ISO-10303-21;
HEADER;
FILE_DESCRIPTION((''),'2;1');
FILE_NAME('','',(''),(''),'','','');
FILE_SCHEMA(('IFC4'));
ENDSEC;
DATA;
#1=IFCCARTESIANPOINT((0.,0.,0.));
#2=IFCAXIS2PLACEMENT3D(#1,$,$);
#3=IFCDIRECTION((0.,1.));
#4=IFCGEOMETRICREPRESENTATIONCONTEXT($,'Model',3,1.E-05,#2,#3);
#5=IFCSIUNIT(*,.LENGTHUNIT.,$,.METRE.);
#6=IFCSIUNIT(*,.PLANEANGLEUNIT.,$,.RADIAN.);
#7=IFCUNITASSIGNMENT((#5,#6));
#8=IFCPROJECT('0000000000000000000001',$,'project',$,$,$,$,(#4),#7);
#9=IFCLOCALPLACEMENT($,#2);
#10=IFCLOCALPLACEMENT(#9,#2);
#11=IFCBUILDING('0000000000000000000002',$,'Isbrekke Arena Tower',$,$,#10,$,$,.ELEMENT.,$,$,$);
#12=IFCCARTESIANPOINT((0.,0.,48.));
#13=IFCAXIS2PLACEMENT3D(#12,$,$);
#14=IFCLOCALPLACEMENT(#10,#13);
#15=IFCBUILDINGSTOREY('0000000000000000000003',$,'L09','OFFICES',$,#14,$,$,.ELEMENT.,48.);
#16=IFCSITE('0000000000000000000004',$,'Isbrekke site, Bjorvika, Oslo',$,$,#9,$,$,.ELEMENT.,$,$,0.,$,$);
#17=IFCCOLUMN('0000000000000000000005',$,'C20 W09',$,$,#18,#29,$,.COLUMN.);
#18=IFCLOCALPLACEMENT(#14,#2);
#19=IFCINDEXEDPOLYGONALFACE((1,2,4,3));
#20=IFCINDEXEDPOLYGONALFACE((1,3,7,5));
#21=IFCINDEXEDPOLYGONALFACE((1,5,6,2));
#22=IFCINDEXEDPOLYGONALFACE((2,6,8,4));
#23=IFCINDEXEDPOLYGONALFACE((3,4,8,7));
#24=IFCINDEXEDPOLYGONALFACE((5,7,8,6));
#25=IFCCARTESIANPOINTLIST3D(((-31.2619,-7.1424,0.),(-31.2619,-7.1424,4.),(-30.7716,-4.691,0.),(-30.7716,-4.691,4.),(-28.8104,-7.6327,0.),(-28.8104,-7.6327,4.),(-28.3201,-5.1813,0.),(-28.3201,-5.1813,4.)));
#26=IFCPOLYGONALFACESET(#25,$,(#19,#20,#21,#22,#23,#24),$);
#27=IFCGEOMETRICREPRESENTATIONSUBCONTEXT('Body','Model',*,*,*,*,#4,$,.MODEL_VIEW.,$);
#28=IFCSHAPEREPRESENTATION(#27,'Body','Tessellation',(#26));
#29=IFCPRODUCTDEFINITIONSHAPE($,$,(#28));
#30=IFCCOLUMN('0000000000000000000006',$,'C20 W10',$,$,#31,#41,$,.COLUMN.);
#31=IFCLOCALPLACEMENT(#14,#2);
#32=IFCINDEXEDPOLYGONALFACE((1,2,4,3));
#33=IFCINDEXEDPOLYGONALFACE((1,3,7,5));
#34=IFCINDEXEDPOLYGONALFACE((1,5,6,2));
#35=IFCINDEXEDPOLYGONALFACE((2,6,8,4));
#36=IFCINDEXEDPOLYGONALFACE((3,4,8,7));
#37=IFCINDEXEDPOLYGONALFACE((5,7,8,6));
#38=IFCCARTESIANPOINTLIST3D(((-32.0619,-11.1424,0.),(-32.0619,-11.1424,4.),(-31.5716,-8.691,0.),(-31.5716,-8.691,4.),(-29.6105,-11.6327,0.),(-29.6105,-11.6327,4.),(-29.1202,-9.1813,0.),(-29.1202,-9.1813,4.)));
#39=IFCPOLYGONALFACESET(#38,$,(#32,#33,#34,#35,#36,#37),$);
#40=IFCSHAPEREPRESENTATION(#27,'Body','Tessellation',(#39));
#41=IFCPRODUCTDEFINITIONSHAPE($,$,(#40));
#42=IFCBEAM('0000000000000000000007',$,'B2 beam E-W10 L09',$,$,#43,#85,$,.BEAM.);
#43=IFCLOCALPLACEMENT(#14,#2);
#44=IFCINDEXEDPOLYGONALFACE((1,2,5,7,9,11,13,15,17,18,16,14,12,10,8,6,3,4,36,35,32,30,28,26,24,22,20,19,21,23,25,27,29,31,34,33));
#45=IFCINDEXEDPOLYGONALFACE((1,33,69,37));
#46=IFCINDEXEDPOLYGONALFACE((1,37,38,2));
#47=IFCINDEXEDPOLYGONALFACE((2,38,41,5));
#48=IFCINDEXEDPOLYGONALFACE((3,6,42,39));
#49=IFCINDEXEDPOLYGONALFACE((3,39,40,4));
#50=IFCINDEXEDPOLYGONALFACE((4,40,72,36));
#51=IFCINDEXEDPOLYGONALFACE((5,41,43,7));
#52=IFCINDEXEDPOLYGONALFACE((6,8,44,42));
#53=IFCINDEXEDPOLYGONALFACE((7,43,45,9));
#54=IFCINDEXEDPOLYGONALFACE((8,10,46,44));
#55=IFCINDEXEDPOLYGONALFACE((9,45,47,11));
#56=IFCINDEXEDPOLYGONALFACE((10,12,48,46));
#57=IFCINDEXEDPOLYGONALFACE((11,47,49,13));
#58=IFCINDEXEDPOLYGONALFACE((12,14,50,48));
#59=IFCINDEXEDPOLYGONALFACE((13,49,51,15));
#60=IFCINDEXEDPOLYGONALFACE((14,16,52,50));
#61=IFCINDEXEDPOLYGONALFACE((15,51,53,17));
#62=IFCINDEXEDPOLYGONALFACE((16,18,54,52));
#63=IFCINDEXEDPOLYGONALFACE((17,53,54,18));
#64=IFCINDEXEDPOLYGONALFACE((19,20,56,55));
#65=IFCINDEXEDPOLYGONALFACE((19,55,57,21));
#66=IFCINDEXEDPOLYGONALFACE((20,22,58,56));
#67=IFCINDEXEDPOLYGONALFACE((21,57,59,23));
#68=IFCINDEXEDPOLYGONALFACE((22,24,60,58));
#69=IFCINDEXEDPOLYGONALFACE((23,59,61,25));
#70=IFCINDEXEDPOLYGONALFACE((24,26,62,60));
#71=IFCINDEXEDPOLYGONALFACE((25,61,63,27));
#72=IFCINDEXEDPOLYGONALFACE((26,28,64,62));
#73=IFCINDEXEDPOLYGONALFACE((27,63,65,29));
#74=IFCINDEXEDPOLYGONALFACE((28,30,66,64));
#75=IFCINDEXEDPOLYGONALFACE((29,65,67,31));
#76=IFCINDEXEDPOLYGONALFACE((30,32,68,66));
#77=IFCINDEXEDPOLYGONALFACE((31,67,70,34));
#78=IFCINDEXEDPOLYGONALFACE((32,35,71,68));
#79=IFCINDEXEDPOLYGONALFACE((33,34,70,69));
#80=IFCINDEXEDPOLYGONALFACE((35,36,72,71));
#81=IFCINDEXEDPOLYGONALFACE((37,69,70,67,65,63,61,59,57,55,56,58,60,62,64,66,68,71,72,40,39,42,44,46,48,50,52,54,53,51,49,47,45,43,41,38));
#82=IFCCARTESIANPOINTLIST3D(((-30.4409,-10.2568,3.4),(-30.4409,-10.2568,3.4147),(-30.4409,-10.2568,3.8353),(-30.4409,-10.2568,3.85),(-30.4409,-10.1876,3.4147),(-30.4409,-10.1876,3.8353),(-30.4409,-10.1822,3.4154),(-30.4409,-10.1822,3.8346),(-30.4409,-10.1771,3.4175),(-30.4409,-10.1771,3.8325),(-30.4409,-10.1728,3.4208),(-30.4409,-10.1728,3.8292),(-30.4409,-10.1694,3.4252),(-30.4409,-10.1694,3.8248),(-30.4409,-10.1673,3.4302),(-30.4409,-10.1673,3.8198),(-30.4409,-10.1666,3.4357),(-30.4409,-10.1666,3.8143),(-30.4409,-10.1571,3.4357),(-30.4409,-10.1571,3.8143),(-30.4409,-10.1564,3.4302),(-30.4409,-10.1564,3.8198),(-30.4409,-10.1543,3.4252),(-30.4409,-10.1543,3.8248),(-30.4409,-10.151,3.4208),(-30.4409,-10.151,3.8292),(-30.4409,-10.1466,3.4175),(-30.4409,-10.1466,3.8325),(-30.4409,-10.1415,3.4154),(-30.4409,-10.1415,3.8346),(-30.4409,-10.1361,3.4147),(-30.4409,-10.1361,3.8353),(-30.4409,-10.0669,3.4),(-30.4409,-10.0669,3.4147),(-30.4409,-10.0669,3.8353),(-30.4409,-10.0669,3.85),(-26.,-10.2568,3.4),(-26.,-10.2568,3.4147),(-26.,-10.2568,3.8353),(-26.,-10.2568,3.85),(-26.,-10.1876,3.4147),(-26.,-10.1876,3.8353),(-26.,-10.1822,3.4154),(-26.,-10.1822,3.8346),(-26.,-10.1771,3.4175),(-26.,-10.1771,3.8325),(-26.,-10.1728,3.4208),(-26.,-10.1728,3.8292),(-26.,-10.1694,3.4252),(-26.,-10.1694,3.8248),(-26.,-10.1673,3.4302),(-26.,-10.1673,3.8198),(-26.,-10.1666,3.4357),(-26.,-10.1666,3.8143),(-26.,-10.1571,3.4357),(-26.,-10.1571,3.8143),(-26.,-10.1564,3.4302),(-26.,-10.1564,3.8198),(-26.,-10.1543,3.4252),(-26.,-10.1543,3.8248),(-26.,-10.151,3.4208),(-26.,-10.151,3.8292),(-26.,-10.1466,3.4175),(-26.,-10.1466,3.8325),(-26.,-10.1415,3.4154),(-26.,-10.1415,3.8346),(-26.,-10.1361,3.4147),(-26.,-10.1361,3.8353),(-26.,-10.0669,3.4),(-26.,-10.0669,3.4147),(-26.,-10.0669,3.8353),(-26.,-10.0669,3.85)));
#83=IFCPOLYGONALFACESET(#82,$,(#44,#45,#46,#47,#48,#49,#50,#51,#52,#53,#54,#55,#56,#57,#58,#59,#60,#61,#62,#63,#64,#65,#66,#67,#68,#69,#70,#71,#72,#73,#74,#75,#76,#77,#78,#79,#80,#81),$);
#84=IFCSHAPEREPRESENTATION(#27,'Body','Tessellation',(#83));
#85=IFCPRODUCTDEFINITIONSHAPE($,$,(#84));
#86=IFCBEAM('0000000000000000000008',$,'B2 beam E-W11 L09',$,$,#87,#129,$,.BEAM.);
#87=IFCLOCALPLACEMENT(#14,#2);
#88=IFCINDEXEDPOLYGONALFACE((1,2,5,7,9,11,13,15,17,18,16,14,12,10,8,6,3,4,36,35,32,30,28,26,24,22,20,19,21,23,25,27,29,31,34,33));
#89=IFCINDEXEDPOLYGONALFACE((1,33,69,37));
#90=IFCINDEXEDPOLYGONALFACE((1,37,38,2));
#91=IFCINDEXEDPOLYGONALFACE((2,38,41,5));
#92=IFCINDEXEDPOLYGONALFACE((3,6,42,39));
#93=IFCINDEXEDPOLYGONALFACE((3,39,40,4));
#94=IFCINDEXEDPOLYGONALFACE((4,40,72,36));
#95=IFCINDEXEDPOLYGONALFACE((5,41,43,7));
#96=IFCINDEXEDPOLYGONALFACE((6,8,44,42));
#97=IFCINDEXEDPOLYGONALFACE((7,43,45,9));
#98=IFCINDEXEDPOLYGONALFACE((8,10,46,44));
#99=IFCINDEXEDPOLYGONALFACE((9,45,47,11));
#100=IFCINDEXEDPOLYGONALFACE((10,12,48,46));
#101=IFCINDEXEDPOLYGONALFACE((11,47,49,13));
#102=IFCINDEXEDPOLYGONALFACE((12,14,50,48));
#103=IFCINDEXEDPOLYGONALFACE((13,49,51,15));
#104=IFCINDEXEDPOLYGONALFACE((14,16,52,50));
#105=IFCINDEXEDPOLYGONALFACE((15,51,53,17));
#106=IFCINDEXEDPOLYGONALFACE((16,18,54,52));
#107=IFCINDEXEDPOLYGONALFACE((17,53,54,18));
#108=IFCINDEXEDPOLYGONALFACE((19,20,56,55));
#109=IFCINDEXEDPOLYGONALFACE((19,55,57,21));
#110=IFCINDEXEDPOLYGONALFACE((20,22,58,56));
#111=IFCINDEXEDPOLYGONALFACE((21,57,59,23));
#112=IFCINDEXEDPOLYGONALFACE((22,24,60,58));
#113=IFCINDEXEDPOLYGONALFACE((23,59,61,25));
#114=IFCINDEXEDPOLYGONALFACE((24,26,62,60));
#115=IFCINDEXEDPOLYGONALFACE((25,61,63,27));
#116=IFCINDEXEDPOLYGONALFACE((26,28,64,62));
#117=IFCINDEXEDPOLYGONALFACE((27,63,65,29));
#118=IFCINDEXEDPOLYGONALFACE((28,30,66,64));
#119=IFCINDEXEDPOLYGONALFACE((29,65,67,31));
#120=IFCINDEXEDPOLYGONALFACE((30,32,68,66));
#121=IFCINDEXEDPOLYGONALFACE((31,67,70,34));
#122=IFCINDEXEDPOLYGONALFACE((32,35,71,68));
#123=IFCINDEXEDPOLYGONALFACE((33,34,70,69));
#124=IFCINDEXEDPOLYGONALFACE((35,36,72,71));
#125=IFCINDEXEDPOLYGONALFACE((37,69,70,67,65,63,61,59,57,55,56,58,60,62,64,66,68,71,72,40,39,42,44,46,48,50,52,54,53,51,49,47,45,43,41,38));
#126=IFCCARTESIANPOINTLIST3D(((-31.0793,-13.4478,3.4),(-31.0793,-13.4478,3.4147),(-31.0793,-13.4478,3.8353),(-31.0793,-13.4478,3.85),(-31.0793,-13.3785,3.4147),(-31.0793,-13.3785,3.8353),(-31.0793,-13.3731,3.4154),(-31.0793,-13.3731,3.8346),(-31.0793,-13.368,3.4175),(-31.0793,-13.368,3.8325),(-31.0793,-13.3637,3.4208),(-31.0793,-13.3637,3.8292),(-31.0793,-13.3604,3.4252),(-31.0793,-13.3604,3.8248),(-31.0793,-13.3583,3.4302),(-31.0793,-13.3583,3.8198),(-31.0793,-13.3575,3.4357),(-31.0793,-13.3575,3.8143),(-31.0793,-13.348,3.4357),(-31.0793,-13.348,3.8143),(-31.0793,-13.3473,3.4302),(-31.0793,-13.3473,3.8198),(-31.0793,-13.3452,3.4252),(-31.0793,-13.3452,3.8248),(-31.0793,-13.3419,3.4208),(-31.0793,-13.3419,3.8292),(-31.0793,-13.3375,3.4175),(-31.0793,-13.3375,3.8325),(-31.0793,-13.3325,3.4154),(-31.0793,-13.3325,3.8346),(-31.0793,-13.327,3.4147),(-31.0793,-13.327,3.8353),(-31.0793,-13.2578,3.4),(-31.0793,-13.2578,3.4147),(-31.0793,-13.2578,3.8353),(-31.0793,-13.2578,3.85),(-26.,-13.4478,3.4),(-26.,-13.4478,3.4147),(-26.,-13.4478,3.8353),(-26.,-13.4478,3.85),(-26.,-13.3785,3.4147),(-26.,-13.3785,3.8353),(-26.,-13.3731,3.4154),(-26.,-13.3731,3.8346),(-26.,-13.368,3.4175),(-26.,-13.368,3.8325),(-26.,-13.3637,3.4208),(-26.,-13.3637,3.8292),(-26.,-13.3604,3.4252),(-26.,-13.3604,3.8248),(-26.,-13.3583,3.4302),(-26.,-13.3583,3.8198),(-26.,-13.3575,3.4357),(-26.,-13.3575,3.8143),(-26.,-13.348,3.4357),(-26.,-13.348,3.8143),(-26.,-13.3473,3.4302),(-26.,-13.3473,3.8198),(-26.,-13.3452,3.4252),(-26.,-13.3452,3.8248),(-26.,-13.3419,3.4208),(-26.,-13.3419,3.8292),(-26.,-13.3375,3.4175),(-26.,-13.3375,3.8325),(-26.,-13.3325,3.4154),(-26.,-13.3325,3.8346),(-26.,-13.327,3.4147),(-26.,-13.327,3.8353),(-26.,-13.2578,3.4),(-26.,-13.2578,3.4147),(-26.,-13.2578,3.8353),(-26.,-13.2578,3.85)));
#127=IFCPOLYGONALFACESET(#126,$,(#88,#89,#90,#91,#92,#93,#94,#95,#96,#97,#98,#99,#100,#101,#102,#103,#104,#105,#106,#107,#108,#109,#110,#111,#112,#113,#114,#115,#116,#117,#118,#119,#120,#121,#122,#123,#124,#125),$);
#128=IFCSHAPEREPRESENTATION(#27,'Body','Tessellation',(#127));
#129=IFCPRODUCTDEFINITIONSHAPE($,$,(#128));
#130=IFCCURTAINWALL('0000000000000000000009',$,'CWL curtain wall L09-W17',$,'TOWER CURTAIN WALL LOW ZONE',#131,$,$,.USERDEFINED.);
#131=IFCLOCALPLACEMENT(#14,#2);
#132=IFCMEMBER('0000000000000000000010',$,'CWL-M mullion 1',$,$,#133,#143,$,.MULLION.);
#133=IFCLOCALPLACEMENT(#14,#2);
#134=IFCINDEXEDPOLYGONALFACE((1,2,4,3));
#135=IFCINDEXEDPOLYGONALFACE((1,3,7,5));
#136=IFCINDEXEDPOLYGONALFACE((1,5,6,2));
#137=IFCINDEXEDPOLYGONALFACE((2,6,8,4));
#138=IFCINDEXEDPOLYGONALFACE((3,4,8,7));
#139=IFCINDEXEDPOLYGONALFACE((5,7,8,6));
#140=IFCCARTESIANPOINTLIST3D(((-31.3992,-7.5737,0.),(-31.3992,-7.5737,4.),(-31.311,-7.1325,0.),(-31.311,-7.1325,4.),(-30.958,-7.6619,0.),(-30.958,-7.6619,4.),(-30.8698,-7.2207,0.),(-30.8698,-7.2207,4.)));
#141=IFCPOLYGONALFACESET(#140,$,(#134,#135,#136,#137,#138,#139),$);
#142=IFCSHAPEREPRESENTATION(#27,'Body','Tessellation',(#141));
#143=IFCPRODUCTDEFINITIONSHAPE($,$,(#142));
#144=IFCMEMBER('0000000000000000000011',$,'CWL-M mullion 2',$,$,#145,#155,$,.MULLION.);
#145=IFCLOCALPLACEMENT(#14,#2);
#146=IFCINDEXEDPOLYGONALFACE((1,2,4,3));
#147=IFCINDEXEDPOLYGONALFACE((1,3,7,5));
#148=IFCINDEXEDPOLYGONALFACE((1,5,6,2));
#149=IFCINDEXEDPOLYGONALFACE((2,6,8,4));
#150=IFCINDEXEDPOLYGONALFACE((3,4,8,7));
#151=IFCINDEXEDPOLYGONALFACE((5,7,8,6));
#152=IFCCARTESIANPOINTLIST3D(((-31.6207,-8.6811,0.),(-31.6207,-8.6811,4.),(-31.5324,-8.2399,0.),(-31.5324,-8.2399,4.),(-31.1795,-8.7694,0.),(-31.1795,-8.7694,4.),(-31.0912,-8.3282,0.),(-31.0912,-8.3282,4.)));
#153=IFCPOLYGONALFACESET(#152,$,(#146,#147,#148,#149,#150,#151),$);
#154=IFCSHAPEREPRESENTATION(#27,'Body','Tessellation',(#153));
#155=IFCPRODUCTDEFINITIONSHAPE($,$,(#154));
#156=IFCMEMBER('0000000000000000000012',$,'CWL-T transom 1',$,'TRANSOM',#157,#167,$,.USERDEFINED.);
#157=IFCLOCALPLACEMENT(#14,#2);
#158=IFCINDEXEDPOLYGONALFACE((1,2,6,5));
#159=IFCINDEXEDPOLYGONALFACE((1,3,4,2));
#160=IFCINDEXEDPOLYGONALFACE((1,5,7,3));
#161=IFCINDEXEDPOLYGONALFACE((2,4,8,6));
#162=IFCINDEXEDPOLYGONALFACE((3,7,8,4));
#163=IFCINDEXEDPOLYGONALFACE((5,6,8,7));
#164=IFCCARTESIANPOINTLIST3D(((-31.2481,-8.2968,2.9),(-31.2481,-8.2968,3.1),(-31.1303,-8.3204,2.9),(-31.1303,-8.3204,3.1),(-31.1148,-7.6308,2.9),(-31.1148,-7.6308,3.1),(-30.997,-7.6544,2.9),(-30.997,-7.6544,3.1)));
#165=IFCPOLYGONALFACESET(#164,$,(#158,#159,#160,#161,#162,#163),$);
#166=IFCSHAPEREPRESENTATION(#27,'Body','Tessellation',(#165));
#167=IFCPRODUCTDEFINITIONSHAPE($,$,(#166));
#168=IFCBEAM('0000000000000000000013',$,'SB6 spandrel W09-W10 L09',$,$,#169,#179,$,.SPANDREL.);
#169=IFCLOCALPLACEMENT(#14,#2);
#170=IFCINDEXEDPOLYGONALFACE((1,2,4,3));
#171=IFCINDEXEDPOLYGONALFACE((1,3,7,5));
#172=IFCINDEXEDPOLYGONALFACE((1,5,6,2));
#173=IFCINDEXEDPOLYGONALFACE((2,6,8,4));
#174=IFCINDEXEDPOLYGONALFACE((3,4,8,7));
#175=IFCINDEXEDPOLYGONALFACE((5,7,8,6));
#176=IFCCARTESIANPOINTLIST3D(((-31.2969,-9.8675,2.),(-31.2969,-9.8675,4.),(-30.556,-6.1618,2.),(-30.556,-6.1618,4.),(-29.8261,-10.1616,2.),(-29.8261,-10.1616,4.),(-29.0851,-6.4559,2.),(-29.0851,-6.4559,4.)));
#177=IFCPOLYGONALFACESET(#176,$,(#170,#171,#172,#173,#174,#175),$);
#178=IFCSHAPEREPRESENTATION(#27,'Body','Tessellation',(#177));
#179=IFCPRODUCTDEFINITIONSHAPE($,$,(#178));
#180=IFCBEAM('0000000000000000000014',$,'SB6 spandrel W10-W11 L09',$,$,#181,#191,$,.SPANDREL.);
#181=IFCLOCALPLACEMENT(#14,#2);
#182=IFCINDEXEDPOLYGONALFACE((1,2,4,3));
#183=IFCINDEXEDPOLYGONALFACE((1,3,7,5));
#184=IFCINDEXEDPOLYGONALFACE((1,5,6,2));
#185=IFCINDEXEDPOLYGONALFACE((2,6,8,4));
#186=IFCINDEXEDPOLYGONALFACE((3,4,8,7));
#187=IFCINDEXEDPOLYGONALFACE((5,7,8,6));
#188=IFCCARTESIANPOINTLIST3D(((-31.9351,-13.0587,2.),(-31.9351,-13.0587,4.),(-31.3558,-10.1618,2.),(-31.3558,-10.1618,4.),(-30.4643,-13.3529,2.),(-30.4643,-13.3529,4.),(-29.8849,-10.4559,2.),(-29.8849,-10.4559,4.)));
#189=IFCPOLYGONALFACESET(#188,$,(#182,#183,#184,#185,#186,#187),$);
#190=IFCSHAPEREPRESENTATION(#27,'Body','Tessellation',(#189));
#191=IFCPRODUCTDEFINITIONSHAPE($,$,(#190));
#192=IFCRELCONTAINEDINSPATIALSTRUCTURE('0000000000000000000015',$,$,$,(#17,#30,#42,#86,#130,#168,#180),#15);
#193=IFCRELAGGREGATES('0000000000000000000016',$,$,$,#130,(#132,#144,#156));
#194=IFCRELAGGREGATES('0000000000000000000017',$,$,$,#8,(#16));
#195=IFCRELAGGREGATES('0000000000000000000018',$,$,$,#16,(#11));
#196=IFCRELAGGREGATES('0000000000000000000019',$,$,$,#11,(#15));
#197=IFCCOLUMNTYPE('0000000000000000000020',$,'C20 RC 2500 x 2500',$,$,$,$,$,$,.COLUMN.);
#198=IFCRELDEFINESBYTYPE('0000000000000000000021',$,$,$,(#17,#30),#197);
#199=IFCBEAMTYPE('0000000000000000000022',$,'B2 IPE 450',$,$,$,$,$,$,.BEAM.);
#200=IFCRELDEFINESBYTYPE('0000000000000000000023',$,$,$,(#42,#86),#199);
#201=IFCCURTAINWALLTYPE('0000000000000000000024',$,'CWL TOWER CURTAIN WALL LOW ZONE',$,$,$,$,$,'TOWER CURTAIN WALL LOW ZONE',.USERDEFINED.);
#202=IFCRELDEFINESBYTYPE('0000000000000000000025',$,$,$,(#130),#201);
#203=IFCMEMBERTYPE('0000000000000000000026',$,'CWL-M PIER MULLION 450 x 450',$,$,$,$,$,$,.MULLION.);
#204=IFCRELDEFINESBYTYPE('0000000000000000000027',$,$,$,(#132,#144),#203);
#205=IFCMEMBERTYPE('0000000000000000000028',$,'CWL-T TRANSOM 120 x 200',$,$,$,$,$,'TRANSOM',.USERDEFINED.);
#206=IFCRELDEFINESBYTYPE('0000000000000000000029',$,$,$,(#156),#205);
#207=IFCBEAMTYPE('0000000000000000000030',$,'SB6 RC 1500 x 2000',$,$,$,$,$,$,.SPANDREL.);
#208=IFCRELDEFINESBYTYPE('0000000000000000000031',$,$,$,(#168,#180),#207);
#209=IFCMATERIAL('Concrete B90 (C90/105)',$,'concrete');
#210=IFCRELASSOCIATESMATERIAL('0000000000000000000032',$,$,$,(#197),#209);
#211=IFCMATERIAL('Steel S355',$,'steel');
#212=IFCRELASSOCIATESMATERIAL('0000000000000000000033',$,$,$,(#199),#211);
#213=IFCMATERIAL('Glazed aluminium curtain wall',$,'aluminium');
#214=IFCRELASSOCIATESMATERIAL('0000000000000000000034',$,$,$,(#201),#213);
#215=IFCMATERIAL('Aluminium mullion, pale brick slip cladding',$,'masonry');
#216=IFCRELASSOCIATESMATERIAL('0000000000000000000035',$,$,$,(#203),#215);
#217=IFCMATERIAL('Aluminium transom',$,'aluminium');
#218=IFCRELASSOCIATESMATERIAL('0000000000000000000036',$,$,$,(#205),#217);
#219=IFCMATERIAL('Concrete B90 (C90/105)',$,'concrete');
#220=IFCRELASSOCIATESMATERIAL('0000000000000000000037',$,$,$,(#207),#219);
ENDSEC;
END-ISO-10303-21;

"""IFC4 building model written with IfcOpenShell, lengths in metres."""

from ifc_helpers import new_model, si_unit, direction, frame, origin, origin_2d, place, context, subcontext, project, spatial, rectangle, i_section, extrude, material, material_profile, profile_set, type_object, element, aggregate, save


model = new_model("IFC4")

# Units and contexts
model_context = context("Model", 3, precision=1e-05, world=origin(), true_north=direction((0.0, 1.0)))
body_context = subcontext(model_context, "Body", "Model", "MODEL_VIEW")
ifc_project = project(units=[si_unit("LENGTHUNIT", "METRE"), si_unit("PLANEANGLEUNIT", "RADIAN")], contexts=[model_context])

# Site, building, storey
site_placement = place(None, origin())
site = spatial("IfcSite", under=ifc_project, at=site_placement, Name="Isbrekke site, Bjorvika, Oslo", CompositionType="ELEMENT", RefElevation=0.0)
building_placement = place(site_placement, origin())
building = spatial("IfcBuilding", under=site, at=building_placement, Name="Isbrekke Arena Tower", CompositionType="ELEMENT")
storey_placement = place(building_placement, frame((0.0, 0.0, 48.0)))
storey = spatial("IfcBuildingStorey", under=building, at=storey_placement, Name="L09", Description="OFFICES", CompositionType="ELEMENT", Elevation=48.0)

# Columns
ifc_material_1 = material(Name="Concrete B90 (C90/105)", Category="concrete")
ifc_material_profile_1 = material_profile(ifc_material_1, rectangle(XDim=2.5, YDim=2.5, at=origin_2d()), Name="RC 2500x2500")
ifc_profile_set_1 = profile_set([ifc_material_profile_1], Name="Concrete B90 (C90/105)")
column_type = type_object("IfcColumnType", Name="C20 RC 2500 x 2500", PredefinedType="COLUMN", material=ifc_profile_set_1)
for number, where, z_axis, x_axis, name in (
    (1, (-29.791, -6.1619, 0.0), (0.0, 0.0, 1.0), (-0.196116, -0.980581, 0.0), "C20 W09"),
    (2, (-30.5911, -10.1619, 0.0), (0.0, 0.0, 1.0), (-0.196116, -0.980581, 0.0), "C20 W10"),
):
    element("IfcColumn", number, at=place(storey_placement, frame(where, z_axis=z_axis, x_axis=x_axis)), inside=storey, type_object=column_type, Name=name, PredefinedType="COLUMN", context=body_context, shape_type="SweptSolid", body=[
        extrude(rectangle(XDim=2.5, YDim=2.5, at=origin_2d()), origin(), (0.0, 0.0, 1.0), 4.0),
    ])

# Beams
ifc_material_2 = material(Name="Steel S355", Category="steel")
ifc_material_profile_2 = material_profile(ifc_material_2, i_section(OverallWidth=0.1899, OverallDepth=0.45, WebThickness=0.0095, FlangeThickness=0.0146, FilletRadius=0.021, at=origin_2d()), Name="IPE 450")
ifc_profile_set_2 = profile_set([ifc_material_profile_2], Name="Steel S355")
beam_type_1 = type_object("IfcBeamType", Name="B2 IPE 450", PredefinedType="BEAM", material=ifc_profile_set_2)
beam_1_placement = place(storey_placement, frame((-30.4409, -10.1619, 3.625), z_axis=(1.0, 0.0, 0.0), x_axis=(0.0, 1.0, 0.0)))
element("IfcBeam", 3, at=beam_1_placement, inside=storey, type_object=beam_type_1, Name="B2 beam E-W10 L09", PredefinedType="BEAM", context=body_context, shape_type="SweptSolid", body=[
    extrude(i_section(OverallWidth=0.1899, OverallDepth=0.45, WebThickness=0.0095, FlangeThickness=0.0146, FilletRadius=0.021, at=origin_2d()), origin(), (0.0, 0.0, 1.0), 4.4409),
])
beam_2_placement = place(storey_placement, frame((-31.0793, -13.3528, 3.625), z_axis=(1.0, 0.0, 0.0), x_axis=(0.0, 1.0, 0.0)))
element("IfcBeam", 4, at=beam_2_placement, inside=storey, type_object=beam_type_1, Name="B2 beam E-W11 L09", PredefinedType="BEAM", context=body_context, shape_type="SweptSolid", body=[
    extrude(i_section(OverallWidth=0.1899, OverallDepth=0.45, WebThickness=0.0095, FlangeThickness=0.0146, FilletRadius=0.021, at=origin_2d()), origin(), (0.0, 0.0, 1.0), 5.0793),
])

# Curtain wall, members
ifc_material_3 = material(Name="Glazed aluminium curtain wall", Category="aluminium")
curtain_wall_type = type_object("IfcCurtainWallType", Name="CWL TOWER CURTAIN WALL LOW ZONE", ElementType="TOWER CURTAIN WALL LOW ZONE", PredefinedType="USERDEFINED", material=ifc_material_3)
curtain_wall_placement = place(storey_placement, origin())
curtain_wall = element("IfcCurtainWall", 5, at=curtain_wall_placement, inside=storey, type_object=curtain_wall_type, Name="CWL curtain wall L09-W17", ObjectType="TOWER CURTAIN WALL LOW ZONE", PredefinedType="USERDEFINED")
ifc_material_4 = material(Name="Aluminium mullion, pale brick slip cladding", Category="masonry")
ifc_material_profile_3 = material_profile(ifc_material_4, rectangle(XDim=0.45, YDim=0.45, at=origin_2d()), Name="PIER 450X450")
ifc_profile_set_3 = profile_set([ifc_material_profile_3], Name="Aluminium mullion, pale brick slip cladding")
member_type_1 = type_object("IfcMemberType", Name="CWL-M PIER MULLION 450 x 450", PredefinedType="MULLION", material=ifc_profile_set_3)
member_1_placement = place(storey_placement, frame((-31.1345, -7.3972, 0.0), z_axis=(0.0, 0.0, 1.0), x_axis=(-0.196116, -0.980581, 0.0)))
member_1 = element("IfcMember", 6, at=member_1_placement, type_object=member_type_1, Name="CWL-M mullion 1", PredefinedType="MULLION", context=body_context, shape_type="SweptSolid", body=[
    extrude(rectangle(XDim=0.45, YDim=0.45, at=origin_2d()), origin(), (0.0, 0.0, 1.0), 4.0),
])
member_2_placement = place(storey_placement, frame((-31.356, -8.5046, 0.0), z_axis=(0.0, 0.0, 1.0), x_axis=(-0.196116, -0.980581, 0.0)))
member_2 = element("IfcMember", 7, at=member_2_placement, type_object=member_type_1, Name="CWL-M mullion 2", PredefinedType="MULLION", context=body_context, shape_type="SweptSolid", body=[
    extrude(rectangle(XDim=0.45, YDim=0.45, at=origin_2d()), origin(), (0.0, 0.0, 1.0), 4.0),
])
ifc_material_5 = material(Name="Aluminium transom", Category="aluminium")
ifc_material_profile_4 = material_profile(ifc_material_5, rectangle(XDim=0.1201, YDim=0.2, at=origin_2d()), Name="TRANSOM 120X200")
ifc_profile_set_4 = profile_set([ifc_material_profile_4], Name="Aluminium transom")
member_type_2 = type_object("IfcMemberType", Name="CWL-T TRANSOM 120 x 200", ElementType="TRANSOM", PredefinedType="USERDEFINED", material=ifc_profile_set_4)
member_3_placement = place(storey_placement, frame((-31.0559, -7.6426, 3.0), z_axis=(-0.196254, -0.980553, 0.0), x_axis=(0.980553, -0.196254, 0.0)))
member_3 = element("IfcMember", 8, at=member_3_placement, type_object=member_type_2, Name="CWL-T transom 1", ObjectType="TRANSOM", PredefinedType="USERDEFINED", context=body_context, shape_type="SweptSolid", body=[
    extrude(rectangle(XDim=0.1201, YDim=0.2, at=origin_2d()), origin(), (0.0, 0.0, 1.0), 0.6792),
])

# Beams
ifc_material_6 = material(Name="Concrete B90 (C90/105)", Category="concrete")
ifc_material_profile_5 = material_profile(ifc_material_6, rectangle(XDim=1.5, YDim=2.0, at=origin_2d()), Name="RC 1500x2000")
ifc_profile_set_5 = profile_set([ifc_material_profile_5], Name="Concrete B90 (C90/105)")
beam_type_2 = type_object("IfcBeamType", Name="SB6 RC 1500 x 2000", PredefinedType="SPANDREL", material=ifc_profile_set_5)
beam_3_placement = place(storey_placement, frame((-29.8206, -6.3088, 3.0), z_axis=(-0.196066, -0.980591, 0.0), x_axis=(0.980591, -0.196066, 0.0)))
element("IfcBeam", 9, at=beam_3_placement, inside=storey, type_object=beam_type_2, Name="SB6 spandrel W09-W10 L09", PredefinedType="SPANDREL", context=body_context, shape_type="SweptSolid", body=[
    extrude(rectangle(XDim=1.5, YDim=2.0, at=origin_2d()), origin(), (0.0, 0.0, 1.0), 3.7791),
])
beam_4_placement = place(storey_placement, frame((-30.6204, -10.3088, 3.0), z_axis=(-0.1961, -0.980584, 0.0), x_axis=(0.980584, -0.1961, 0.0)))
element("IfcBeam", 10, at=beam_4_placement, inside=storey, type_object=beam_type_2, Name="SB6 spandrel W10-W11 L09", PredefinedType="SPANDREL", context=body_context, shape_type="SweptSolid", body=[
    extrude(rectangle(XDim=1.5, YDim=2.0, at=origin_2d()), origin(), (0.0, 0.0, 1.0), 2.9543),
])

aggregate(curtain_wall, [member_1, member_2, member_3])

save(model, "model.ifc")
